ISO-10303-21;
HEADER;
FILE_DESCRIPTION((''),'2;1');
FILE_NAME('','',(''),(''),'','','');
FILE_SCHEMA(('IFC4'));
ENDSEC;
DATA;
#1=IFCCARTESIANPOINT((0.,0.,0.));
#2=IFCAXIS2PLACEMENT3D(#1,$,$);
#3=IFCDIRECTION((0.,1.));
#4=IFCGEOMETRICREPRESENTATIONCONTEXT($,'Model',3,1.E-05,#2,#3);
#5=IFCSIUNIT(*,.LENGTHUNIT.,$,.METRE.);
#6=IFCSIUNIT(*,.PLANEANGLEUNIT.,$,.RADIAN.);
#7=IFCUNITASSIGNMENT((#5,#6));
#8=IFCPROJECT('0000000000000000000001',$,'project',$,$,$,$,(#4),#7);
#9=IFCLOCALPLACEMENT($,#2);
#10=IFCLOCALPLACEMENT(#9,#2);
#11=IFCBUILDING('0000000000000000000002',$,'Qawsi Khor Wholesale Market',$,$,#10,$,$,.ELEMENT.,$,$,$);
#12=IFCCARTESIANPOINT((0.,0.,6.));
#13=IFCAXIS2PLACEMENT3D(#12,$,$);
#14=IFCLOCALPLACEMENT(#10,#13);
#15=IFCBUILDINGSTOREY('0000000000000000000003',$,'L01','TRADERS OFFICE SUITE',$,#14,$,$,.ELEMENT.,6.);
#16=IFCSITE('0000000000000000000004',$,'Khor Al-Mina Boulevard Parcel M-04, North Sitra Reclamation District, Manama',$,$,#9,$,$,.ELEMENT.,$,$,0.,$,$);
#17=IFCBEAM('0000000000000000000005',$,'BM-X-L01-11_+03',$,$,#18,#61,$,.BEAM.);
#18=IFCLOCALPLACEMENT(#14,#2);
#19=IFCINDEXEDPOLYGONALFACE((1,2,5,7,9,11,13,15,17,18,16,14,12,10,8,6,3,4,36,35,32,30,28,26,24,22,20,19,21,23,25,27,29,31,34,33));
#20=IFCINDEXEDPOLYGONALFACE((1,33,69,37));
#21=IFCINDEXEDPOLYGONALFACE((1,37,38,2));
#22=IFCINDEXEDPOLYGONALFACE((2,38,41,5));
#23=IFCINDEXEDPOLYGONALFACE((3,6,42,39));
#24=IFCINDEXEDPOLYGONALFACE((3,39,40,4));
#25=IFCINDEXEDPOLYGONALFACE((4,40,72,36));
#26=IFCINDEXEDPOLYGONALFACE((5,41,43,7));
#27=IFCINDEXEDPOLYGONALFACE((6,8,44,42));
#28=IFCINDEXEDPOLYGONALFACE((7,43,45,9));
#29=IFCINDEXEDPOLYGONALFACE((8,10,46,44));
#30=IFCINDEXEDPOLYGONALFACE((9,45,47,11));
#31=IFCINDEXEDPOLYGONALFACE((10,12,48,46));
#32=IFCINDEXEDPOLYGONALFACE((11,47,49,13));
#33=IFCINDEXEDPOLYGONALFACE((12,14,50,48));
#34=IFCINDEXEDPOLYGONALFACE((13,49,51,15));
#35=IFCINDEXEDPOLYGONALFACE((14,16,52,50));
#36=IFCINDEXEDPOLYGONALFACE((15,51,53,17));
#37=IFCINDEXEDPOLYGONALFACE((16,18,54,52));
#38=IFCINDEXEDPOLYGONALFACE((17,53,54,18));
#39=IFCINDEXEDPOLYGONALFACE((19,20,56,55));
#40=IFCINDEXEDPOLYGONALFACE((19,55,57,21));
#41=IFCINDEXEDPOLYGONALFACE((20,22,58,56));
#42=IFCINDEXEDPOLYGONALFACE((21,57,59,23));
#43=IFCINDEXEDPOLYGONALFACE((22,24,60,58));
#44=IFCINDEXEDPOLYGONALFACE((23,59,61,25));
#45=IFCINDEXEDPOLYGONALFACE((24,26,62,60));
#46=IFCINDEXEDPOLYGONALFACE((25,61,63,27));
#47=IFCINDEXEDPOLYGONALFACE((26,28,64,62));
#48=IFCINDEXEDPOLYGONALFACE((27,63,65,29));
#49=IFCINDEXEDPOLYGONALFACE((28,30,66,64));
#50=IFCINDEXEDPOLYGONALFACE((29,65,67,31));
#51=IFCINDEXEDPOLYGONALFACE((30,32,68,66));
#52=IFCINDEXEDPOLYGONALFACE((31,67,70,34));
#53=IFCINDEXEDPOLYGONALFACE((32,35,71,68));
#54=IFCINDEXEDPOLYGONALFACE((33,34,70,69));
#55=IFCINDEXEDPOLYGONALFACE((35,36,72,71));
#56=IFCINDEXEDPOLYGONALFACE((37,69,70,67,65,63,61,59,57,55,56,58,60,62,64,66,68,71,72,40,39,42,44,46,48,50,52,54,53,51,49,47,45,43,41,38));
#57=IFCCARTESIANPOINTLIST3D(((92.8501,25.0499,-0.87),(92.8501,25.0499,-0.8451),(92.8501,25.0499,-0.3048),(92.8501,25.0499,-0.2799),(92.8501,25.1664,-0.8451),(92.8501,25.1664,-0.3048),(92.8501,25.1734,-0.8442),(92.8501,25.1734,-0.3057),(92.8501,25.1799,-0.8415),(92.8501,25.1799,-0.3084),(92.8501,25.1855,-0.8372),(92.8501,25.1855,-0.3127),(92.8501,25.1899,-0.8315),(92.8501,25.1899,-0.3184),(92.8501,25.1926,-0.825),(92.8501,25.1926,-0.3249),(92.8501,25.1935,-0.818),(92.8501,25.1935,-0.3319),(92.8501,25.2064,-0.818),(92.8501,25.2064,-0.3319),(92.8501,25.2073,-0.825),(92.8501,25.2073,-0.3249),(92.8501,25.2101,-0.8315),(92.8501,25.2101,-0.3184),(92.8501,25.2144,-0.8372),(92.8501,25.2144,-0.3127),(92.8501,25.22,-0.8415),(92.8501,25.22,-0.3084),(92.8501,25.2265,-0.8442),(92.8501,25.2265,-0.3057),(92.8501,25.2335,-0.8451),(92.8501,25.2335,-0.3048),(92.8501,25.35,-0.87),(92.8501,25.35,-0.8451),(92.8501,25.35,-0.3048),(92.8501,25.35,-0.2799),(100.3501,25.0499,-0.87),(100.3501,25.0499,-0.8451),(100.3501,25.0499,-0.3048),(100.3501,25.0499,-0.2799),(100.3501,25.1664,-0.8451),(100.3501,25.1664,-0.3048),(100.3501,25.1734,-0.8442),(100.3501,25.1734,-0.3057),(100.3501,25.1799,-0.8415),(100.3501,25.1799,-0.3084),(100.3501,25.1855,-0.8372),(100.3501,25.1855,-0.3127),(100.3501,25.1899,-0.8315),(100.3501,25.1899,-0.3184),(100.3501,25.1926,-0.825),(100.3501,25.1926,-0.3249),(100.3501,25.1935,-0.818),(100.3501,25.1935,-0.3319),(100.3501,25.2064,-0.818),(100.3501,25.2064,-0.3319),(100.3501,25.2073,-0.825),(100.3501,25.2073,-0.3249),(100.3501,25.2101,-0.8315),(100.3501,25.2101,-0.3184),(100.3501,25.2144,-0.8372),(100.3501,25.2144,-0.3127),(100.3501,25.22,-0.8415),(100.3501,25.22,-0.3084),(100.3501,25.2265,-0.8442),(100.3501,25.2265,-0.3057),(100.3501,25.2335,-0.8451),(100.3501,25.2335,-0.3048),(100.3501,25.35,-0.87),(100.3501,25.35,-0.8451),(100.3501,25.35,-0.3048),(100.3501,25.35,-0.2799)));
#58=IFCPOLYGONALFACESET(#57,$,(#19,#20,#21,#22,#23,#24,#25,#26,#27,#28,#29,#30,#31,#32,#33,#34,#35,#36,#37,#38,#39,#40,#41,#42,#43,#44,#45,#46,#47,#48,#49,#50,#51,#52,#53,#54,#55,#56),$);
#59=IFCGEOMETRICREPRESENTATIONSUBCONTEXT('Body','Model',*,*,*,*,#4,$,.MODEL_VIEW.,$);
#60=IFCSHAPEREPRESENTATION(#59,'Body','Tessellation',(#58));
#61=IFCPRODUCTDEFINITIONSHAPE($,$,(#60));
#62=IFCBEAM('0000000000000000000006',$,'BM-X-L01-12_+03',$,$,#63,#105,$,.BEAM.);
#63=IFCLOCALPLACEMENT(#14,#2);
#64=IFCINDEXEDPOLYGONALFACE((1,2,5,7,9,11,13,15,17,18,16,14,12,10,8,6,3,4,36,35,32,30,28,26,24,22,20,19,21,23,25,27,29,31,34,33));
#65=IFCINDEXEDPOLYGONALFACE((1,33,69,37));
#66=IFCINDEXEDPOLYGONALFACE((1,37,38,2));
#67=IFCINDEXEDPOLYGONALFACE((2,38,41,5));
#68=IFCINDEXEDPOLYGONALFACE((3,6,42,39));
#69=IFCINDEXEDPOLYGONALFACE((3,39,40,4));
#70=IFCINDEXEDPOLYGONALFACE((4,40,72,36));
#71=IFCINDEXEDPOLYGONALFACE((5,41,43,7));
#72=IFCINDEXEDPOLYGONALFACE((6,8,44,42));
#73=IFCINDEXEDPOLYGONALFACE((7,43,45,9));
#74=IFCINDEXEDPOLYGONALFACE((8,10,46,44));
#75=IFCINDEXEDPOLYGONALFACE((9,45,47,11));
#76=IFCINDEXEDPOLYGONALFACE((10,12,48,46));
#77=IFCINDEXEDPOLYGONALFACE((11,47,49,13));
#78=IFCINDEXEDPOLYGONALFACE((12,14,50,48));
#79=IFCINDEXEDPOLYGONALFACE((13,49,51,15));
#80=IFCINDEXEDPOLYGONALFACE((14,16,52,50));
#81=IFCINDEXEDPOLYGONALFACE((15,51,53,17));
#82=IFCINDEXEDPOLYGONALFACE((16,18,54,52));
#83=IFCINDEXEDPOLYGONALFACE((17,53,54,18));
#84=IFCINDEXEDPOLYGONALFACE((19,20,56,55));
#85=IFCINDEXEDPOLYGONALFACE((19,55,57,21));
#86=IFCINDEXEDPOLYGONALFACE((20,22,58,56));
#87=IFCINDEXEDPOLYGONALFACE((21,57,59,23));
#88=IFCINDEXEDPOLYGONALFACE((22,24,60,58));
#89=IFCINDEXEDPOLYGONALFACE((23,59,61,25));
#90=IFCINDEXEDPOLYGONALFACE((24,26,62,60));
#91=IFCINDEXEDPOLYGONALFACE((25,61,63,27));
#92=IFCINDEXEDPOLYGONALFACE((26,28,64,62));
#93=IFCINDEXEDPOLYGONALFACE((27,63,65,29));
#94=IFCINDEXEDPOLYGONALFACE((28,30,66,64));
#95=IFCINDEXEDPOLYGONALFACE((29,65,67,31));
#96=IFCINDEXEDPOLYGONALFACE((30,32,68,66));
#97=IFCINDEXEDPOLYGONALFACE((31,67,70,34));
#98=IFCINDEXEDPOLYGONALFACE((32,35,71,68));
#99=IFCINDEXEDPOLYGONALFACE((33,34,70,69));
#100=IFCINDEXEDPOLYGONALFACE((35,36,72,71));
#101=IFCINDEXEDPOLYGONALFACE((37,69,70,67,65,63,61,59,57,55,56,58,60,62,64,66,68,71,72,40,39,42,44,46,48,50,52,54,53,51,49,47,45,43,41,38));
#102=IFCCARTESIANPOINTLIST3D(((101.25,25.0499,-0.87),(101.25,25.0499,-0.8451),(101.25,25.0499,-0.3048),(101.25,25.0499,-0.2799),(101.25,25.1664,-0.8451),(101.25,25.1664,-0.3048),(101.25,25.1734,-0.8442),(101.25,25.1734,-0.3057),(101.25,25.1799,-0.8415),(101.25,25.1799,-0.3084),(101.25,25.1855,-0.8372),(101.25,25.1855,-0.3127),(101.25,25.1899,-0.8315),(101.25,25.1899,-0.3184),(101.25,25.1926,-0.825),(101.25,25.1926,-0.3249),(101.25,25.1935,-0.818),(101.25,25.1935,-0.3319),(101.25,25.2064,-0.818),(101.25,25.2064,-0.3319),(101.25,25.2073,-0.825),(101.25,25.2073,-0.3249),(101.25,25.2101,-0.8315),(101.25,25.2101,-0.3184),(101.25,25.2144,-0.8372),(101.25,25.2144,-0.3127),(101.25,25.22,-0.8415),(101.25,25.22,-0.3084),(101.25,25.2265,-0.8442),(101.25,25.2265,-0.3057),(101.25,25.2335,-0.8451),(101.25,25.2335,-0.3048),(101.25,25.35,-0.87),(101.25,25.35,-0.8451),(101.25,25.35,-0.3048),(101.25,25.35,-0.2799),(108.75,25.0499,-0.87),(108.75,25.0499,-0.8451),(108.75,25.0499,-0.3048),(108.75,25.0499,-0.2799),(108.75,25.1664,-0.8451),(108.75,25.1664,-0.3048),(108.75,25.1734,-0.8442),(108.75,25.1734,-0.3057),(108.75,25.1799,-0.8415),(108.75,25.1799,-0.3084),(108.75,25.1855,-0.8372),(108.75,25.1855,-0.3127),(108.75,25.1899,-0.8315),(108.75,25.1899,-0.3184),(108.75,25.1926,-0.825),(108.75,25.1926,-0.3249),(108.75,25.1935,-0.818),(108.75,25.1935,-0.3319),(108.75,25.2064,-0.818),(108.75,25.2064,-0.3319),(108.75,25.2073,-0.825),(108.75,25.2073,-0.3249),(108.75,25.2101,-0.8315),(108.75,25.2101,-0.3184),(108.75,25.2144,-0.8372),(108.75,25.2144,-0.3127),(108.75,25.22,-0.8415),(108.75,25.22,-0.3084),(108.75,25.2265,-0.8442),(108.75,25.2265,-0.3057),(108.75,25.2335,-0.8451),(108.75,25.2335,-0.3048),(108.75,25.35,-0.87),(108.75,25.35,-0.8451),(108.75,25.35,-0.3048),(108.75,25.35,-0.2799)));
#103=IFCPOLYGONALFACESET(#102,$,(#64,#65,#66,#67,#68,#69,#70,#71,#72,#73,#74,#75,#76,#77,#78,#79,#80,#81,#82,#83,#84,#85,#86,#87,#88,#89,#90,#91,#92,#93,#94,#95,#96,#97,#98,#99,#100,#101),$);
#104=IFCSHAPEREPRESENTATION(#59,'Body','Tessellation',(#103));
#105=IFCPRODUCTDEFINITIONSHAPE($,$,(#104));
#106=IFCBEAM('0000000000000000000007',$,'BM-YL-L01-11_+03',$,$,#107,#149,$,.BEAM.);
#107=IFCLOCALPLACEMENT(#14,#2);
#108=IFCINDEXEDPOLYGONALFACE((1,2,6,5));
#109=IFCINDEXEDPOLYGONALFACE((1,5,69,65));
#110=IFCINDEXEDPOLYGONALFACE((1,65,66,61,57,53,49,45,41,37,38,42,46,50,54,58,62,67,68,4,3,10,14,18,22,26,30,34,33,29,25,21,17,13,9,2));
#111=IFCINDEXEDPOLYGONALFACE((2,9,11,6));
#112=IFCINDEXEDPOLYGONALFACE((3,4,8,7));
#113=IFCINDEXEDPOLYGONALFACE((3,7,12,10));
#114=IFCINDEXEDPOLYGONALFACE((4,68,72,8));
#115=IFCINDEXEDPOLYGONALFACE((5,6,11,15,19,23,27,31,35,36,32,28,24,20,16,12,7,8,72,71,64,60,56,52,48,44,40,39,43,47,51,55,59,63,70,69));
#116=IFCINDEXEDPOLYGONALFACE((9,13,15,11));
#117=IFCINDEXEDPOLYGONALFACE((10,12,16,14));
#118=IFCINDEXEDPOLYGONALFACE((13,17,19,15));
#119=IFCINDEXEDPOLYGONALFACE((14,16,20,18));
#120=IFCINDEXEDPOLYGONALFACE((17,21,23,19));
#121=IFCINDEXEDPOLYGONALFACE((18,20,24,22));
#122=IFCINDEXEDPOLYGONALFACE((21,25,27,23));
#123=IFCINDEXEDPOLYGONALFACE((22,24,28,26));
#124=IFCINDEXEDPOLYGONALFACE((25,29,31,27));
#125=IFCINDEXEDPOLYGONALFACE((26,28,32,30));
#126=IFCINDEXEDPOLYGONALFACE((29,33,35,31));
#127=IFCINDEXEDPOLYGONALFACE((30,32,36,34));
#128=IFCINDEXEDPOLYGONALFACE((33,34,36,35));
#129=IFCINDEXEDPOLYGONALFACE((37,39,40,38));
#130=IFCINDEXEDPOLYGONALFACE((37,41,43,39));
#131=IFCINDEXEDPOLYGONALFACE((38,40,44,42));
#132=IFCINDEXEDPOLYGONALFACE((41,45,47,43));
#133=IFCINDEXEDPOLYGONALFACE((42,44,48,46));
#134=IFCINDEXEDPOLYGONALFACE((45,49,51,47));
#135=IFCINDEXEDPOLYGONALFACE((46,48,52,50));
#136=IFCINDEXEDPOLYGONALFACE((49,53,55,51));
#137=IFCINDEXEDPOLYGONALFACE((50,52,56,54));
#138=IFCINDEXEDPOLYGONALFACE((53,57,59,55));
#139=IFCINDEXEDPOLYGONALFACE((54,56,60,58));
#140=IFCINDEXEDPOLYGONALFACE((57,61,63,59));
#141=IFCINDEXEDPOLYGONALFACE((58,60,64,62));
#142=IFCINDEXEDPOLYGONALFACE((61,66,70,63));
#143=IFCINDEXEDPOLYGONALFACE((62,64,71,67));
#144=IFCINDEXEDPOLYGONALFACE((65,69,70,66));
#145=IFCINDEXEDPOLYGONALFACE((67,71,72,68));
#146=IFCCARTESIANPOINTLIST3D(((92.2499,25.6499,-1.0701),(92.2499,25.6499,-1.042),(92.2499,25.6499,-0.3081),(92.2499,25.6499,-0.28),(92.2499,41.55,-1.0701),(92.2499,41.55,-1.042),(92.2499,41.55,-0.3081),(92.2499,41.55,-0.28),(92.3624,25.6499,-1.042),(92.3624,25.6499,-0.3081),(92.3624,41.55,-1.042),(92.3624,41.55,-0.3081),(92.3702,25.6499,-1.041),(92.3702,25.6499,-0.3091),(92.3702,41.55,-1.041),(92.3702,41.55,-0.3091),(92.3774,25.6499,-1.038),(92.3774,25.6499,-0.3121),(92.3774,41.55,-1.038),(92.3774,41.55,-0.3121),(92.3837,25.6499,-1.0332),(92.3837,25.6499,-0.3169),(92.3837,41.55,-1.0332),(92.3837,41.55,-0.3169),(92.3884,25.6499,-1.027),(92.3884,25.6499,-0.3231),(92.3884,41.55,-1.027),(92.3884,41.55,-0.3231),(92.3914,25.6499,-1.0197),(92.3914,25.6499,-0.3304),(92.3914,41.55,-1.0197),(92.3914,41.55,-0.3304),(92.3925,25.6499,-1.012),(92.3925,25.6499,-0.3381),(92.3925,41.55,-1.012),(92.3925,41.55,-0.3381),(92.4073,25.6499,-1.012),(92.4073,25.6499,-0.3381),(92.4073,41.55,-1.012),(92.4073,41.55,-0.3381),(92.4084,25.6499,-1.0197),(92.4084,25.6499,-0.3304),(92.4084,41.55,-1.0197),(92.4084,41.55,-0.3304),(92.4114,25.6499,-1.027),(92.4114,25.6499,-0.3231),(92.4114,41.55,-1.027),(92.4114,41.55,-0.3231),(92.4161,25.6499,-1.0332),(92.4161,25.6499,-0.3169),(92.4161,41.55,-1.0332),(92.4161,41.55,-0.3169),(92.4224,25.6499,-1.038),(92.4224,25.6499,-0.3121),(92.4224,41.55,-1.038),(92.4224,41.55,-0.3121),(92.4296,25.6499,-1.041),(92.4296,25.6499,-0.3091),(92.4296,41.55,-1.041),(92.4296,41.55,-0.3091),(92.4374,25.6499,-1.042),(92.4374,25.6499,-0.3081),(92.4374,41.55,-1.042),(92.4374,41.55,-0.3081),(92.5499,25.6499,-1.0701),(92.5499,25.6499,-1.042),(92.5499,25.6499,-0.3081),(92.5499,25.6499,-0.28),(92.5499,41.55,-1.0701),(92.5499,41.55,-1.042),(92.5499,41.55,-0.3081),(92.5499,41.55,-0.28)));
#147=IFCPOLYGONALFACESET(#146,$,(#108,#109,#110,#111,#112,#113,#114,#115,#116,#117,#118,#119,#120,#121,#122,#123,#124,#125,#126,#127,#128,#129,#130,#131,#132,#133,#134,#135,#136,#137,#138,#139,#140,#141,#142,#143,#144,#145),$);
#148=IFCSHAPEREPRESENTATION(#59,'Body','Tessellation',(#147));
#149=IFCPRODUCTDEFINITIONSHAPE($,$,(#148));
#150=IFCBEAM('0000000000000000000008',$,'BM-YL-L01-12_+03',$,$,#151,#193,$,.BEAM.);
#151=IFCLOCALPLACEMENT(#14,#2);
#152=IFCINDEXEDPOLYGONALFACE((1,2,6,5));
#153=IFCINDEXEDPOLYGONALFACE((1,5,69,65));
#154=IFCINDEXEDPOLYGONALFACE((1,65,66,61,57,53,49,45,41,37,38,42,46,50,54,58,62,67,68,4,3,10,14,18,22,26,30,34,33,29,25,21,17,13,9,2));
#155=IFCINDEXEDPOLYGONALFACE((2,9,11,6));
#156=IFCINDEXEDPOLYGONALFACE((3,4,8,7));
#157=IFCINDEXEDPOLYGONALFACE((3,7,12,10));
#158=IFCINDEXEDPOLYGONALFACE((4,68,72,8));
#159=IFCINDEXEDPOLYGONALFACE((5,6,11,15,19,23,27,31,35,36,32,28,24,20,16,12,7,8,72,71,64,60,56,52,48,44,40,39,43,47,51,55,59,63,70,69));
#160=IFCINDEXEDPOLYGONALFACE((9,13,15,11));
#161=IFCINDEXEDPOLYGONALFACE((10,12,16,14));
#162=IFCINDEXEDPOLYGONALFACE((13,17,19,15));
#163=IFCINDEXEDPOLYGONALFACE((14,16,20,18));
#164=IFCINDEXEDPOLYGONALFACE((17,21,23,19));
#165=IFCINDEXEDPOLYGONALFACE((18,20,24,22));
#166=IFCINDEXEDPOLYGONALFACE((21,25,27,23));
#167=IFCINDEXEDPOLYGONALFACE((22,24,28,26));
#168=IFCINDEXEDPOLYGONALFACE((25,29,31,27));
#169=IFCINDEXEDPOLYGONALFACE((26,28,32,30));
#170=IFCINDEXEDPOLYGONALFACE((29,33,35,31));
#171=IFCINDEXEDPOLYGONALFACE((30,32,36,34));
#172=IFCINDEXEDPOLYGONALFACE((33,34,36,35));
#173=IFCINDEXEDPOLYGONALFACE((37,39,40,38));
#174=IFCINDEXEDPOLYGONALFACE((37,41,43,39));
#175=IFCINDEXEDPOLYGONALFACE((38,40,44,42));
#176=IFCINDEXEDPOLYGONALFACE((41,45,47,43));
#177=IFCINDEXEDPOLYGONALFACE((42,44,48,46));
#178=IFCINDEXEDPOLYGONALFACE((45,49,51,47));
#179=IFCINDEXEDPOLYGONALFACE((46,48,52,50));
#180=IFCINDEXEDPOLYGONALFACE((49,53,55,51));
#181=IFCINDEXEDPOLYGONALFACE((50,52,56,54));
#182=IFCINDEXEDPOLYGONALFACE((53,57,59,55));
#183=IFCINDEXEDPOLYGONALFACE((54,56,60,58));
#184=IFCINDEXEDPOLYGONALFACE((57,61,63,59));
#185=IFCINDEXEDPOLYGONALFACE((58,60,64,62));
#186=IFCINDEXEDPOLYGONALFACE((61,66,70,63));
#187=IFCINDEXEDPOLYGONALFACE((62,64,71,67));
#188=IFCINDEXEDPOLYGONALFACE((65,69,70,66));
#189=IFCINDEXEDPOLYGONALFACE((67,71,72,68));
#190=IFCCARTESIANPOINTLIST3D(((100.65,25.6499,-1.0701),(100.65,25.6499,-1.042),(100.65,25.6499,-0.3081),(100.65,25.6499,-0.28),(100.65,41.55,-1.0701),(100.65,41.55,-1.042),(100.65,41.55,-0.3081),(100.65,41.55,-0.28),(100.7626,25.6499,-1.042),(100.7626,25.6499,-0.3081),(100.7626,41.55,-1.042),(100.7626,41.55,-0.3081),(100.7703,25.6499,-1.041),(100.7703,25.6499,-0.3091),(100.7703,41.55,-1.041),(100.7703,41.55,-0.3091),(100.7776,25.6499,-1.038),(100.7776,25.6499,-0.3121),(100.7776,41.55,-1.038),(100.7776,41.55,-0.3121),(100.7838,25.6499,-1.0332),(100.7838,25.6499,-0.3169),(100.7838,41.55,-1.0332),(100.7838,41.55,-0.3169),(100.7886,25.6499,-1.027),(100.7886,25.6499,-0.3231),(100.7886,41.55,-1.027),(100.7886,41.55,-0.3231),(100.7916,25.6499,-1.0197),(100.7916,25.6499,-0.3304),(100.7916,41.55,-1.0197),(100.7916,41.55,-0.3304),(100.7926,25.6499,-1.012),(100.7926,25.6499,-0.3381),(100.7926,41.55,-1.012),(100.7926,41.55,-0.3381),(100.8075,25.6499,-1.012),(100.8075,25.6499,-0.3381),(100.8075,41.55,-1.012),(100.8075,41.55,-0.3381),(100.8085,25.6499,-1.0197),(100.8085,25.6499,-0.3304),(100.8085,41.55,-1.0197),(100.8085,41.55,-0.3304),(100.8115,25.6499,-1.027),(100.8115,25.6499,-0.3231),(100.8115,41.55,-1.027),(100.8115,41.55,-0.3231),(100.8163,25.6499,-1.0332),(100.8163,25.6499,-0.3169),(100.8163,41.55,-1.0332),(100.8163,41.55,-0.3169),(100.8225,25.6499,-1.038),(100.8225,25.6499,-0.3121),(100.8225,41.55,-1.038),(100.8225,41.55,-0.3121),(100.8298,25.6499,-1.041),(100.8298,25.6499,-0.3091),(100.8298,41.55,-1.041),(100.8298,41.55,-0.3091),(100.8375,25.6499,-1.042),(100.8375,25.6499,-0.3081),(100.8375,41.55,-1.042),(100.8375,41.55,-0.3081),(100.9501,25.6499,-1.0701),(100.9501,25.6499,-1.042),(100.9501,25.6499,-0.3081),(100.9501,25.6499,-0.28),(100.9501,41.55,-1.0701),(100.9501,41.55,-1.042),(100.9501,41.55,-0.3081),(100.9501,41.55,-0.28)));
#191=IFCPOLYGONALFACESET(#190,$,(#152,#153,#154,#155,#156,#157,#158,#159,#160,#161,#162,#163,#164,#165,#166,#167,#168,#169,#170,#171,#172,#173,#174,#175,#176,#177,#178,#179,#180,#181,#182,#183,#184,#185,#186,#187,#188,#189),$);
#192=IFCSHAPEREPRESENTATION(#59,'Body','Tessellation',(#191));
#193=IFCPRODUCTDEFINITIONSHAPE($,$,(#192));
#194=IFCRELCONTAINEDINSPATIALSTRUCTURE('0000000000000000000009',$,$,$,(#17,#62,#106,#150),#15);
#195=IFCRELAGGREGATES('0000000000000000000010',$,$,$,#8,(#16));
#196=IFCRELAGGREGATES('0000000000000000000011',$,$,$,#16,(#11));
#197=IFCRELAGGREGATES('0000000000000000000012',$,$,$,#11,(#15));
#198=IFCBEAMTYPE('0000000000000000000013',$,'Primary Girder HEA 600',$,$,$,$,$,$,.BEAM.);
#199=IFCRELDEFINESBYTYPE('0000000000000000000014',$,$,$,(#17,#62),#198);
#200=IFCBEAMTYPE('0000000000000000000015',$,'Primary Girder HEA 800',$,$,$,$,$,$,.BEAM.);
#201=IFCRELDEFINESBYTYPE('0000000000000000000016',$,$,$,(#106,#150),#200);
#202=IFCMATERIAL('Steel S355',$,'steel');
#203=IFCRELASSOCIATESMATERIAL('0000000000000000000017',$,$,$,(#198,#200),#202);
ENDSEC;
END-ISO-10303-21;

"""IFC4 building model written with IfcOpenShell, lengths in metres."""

from ifc_helpers import new_model, si_unit, direction, frame, origin, origin_2d, place, context, subcontext, project, spatial, i_section, extrude, material, material_profile, profile_set, type_object, element, save


model = new_model("IFC4")

# Units and contexts
model_context = context("Model", 3, precision=1e-05, world=origin(), true_north=direction((0.0, 1.0)))
body_context = subcontext(model_context, "Body", "Model", "MODEL_VIEW")
ifc_project = project(units=[si_unit("LENGTHUNIT", "METRE"), si_unit("PLANEANGLEUNIT", "RADIAN")], contexts=[model_context])

# Site, building, storey
site_placement = place(None, origin())
site = spatial("IfcSite", under=ifc_project, at=site_placement, Name="Khor Al-Mina Boulevard Parcel M-04, North Sitra Reclamation District, Manama", CompositionType="ELEMENT", RefElevation=0.0)
building_placement = place(site_placement, origin())
building = spatial("IfcBuilding", under=site, at=building_placement, Name="Qawsi Khor Wholesale Market", CompositionType="ELEMENT")
storey_placement = place(building_placement, frame((0.0, 0.0, 6.0)))
storey = spatial("IfcBuildingStorey", under=building, at=storey_placement, Name="L01", Description="TRADERS OFFICE SUITE", CompositionType="ELEMENT", Elevation=6.0)

# Beams
ifc_material_1 = material(Name="Steel S355", Category="steel")
ifc_material_profile_1 = material_profile(ifc_material_1, i_section(OverallWidth=0.3, OverallDepth=0.5901, WebThickness=0.0129, FlangeThickness=0.0249, FilletRadius=0.0271, at=origin_2d()), Name="HEA 600")
ifc_profile_set_1 = profile_set([ifc_material_profile_1], Name="Steel S355")
beam_type_1 = type_object("IfcBeamType", Name="Primary Girder HEA 600", PredefinedType="BEAM", material=ifc_profile_set_1)
for number, where, z_axis, x_axis, name in (
    (1, (92.8501, 25.2, -0.575), (1.0, 0.0, 0.0), (0.0, 1.0, 0.0), "BM-X-L01-11_+03"),
    (2, (101.25, 25.2, -0.575), (1.0, 0.0, 0.0), (0.0, 1.0, 0.0), "BM-X-L01-12_+03"),
):
    element("IfcBeam", number, at=place(storey_placement, frame(where, z_axis=z_axis, x_axis=x_axis)), inside=storey, type_object=beam_type_1, Name=name, PredefinedType="BEAM", context=body_context, shape_type="SweptSolid", body=[
        extrude(i_section(OverallWidth=0.3, OverallDepth=0.5901, WebThickness=0.0129, FlangeThickness=0.0249, FilletRadius=0.0271, at=origin_2d()), origin(), (0.0, 0.0, 1.0), 7.5),
    ])
ifc_material_profile_2 = material_profile(ifc_material_1, i_section(OverallWidth=0.3, OverallDepth=0.79, WebThickness=0.0149, FlangeThickness=0.0281, FilletRadius=0.03, at=origin_2d()), Name="HEA 800")
ifc_profile_set_2 = profile_set([ifc_material_profile_2], Name="Steel S355")
beam_type_2 = type_object("IfcBeamType", Name="Primary Girder HEA 800", PredefinedType="BEAM", material=ifc_profile_set_2)
for number, where, z_axis, x_axis, name in (
    (3, (92.3999, 25.6499, -0.675), (0.0, 1.0, 0.0), (-1.0, 0.0, 0.0), "BM-YL-L01-11_+03"),
    (4, (100.8, 25.6499, -0.675), (0.0, 1.0, 0.0), (-1.0, 0.0, 0.0), "BM-YL-L01-12_+03"),
):
    element("IfcBeam", number, at=place(storey_placement, frame(where, z_axis=z_axis, x_axis=x_axis)), inside=storey, type_object=beam_type_2, Name=name, PredefinedType="BEAM", context=body_context, shape_type="SweptSolid", body=[
        extrude(i_section(OverallWidth=0.3, OverallDepth=0.79, WebThickness=0.0149, FlangeThickness=0.0281, FilletRadius=0.03, at=origin_2d()), origin(), (0.0, 0.0, 1.0), 15.9001),
    ])

save(model, "model.ifc")
